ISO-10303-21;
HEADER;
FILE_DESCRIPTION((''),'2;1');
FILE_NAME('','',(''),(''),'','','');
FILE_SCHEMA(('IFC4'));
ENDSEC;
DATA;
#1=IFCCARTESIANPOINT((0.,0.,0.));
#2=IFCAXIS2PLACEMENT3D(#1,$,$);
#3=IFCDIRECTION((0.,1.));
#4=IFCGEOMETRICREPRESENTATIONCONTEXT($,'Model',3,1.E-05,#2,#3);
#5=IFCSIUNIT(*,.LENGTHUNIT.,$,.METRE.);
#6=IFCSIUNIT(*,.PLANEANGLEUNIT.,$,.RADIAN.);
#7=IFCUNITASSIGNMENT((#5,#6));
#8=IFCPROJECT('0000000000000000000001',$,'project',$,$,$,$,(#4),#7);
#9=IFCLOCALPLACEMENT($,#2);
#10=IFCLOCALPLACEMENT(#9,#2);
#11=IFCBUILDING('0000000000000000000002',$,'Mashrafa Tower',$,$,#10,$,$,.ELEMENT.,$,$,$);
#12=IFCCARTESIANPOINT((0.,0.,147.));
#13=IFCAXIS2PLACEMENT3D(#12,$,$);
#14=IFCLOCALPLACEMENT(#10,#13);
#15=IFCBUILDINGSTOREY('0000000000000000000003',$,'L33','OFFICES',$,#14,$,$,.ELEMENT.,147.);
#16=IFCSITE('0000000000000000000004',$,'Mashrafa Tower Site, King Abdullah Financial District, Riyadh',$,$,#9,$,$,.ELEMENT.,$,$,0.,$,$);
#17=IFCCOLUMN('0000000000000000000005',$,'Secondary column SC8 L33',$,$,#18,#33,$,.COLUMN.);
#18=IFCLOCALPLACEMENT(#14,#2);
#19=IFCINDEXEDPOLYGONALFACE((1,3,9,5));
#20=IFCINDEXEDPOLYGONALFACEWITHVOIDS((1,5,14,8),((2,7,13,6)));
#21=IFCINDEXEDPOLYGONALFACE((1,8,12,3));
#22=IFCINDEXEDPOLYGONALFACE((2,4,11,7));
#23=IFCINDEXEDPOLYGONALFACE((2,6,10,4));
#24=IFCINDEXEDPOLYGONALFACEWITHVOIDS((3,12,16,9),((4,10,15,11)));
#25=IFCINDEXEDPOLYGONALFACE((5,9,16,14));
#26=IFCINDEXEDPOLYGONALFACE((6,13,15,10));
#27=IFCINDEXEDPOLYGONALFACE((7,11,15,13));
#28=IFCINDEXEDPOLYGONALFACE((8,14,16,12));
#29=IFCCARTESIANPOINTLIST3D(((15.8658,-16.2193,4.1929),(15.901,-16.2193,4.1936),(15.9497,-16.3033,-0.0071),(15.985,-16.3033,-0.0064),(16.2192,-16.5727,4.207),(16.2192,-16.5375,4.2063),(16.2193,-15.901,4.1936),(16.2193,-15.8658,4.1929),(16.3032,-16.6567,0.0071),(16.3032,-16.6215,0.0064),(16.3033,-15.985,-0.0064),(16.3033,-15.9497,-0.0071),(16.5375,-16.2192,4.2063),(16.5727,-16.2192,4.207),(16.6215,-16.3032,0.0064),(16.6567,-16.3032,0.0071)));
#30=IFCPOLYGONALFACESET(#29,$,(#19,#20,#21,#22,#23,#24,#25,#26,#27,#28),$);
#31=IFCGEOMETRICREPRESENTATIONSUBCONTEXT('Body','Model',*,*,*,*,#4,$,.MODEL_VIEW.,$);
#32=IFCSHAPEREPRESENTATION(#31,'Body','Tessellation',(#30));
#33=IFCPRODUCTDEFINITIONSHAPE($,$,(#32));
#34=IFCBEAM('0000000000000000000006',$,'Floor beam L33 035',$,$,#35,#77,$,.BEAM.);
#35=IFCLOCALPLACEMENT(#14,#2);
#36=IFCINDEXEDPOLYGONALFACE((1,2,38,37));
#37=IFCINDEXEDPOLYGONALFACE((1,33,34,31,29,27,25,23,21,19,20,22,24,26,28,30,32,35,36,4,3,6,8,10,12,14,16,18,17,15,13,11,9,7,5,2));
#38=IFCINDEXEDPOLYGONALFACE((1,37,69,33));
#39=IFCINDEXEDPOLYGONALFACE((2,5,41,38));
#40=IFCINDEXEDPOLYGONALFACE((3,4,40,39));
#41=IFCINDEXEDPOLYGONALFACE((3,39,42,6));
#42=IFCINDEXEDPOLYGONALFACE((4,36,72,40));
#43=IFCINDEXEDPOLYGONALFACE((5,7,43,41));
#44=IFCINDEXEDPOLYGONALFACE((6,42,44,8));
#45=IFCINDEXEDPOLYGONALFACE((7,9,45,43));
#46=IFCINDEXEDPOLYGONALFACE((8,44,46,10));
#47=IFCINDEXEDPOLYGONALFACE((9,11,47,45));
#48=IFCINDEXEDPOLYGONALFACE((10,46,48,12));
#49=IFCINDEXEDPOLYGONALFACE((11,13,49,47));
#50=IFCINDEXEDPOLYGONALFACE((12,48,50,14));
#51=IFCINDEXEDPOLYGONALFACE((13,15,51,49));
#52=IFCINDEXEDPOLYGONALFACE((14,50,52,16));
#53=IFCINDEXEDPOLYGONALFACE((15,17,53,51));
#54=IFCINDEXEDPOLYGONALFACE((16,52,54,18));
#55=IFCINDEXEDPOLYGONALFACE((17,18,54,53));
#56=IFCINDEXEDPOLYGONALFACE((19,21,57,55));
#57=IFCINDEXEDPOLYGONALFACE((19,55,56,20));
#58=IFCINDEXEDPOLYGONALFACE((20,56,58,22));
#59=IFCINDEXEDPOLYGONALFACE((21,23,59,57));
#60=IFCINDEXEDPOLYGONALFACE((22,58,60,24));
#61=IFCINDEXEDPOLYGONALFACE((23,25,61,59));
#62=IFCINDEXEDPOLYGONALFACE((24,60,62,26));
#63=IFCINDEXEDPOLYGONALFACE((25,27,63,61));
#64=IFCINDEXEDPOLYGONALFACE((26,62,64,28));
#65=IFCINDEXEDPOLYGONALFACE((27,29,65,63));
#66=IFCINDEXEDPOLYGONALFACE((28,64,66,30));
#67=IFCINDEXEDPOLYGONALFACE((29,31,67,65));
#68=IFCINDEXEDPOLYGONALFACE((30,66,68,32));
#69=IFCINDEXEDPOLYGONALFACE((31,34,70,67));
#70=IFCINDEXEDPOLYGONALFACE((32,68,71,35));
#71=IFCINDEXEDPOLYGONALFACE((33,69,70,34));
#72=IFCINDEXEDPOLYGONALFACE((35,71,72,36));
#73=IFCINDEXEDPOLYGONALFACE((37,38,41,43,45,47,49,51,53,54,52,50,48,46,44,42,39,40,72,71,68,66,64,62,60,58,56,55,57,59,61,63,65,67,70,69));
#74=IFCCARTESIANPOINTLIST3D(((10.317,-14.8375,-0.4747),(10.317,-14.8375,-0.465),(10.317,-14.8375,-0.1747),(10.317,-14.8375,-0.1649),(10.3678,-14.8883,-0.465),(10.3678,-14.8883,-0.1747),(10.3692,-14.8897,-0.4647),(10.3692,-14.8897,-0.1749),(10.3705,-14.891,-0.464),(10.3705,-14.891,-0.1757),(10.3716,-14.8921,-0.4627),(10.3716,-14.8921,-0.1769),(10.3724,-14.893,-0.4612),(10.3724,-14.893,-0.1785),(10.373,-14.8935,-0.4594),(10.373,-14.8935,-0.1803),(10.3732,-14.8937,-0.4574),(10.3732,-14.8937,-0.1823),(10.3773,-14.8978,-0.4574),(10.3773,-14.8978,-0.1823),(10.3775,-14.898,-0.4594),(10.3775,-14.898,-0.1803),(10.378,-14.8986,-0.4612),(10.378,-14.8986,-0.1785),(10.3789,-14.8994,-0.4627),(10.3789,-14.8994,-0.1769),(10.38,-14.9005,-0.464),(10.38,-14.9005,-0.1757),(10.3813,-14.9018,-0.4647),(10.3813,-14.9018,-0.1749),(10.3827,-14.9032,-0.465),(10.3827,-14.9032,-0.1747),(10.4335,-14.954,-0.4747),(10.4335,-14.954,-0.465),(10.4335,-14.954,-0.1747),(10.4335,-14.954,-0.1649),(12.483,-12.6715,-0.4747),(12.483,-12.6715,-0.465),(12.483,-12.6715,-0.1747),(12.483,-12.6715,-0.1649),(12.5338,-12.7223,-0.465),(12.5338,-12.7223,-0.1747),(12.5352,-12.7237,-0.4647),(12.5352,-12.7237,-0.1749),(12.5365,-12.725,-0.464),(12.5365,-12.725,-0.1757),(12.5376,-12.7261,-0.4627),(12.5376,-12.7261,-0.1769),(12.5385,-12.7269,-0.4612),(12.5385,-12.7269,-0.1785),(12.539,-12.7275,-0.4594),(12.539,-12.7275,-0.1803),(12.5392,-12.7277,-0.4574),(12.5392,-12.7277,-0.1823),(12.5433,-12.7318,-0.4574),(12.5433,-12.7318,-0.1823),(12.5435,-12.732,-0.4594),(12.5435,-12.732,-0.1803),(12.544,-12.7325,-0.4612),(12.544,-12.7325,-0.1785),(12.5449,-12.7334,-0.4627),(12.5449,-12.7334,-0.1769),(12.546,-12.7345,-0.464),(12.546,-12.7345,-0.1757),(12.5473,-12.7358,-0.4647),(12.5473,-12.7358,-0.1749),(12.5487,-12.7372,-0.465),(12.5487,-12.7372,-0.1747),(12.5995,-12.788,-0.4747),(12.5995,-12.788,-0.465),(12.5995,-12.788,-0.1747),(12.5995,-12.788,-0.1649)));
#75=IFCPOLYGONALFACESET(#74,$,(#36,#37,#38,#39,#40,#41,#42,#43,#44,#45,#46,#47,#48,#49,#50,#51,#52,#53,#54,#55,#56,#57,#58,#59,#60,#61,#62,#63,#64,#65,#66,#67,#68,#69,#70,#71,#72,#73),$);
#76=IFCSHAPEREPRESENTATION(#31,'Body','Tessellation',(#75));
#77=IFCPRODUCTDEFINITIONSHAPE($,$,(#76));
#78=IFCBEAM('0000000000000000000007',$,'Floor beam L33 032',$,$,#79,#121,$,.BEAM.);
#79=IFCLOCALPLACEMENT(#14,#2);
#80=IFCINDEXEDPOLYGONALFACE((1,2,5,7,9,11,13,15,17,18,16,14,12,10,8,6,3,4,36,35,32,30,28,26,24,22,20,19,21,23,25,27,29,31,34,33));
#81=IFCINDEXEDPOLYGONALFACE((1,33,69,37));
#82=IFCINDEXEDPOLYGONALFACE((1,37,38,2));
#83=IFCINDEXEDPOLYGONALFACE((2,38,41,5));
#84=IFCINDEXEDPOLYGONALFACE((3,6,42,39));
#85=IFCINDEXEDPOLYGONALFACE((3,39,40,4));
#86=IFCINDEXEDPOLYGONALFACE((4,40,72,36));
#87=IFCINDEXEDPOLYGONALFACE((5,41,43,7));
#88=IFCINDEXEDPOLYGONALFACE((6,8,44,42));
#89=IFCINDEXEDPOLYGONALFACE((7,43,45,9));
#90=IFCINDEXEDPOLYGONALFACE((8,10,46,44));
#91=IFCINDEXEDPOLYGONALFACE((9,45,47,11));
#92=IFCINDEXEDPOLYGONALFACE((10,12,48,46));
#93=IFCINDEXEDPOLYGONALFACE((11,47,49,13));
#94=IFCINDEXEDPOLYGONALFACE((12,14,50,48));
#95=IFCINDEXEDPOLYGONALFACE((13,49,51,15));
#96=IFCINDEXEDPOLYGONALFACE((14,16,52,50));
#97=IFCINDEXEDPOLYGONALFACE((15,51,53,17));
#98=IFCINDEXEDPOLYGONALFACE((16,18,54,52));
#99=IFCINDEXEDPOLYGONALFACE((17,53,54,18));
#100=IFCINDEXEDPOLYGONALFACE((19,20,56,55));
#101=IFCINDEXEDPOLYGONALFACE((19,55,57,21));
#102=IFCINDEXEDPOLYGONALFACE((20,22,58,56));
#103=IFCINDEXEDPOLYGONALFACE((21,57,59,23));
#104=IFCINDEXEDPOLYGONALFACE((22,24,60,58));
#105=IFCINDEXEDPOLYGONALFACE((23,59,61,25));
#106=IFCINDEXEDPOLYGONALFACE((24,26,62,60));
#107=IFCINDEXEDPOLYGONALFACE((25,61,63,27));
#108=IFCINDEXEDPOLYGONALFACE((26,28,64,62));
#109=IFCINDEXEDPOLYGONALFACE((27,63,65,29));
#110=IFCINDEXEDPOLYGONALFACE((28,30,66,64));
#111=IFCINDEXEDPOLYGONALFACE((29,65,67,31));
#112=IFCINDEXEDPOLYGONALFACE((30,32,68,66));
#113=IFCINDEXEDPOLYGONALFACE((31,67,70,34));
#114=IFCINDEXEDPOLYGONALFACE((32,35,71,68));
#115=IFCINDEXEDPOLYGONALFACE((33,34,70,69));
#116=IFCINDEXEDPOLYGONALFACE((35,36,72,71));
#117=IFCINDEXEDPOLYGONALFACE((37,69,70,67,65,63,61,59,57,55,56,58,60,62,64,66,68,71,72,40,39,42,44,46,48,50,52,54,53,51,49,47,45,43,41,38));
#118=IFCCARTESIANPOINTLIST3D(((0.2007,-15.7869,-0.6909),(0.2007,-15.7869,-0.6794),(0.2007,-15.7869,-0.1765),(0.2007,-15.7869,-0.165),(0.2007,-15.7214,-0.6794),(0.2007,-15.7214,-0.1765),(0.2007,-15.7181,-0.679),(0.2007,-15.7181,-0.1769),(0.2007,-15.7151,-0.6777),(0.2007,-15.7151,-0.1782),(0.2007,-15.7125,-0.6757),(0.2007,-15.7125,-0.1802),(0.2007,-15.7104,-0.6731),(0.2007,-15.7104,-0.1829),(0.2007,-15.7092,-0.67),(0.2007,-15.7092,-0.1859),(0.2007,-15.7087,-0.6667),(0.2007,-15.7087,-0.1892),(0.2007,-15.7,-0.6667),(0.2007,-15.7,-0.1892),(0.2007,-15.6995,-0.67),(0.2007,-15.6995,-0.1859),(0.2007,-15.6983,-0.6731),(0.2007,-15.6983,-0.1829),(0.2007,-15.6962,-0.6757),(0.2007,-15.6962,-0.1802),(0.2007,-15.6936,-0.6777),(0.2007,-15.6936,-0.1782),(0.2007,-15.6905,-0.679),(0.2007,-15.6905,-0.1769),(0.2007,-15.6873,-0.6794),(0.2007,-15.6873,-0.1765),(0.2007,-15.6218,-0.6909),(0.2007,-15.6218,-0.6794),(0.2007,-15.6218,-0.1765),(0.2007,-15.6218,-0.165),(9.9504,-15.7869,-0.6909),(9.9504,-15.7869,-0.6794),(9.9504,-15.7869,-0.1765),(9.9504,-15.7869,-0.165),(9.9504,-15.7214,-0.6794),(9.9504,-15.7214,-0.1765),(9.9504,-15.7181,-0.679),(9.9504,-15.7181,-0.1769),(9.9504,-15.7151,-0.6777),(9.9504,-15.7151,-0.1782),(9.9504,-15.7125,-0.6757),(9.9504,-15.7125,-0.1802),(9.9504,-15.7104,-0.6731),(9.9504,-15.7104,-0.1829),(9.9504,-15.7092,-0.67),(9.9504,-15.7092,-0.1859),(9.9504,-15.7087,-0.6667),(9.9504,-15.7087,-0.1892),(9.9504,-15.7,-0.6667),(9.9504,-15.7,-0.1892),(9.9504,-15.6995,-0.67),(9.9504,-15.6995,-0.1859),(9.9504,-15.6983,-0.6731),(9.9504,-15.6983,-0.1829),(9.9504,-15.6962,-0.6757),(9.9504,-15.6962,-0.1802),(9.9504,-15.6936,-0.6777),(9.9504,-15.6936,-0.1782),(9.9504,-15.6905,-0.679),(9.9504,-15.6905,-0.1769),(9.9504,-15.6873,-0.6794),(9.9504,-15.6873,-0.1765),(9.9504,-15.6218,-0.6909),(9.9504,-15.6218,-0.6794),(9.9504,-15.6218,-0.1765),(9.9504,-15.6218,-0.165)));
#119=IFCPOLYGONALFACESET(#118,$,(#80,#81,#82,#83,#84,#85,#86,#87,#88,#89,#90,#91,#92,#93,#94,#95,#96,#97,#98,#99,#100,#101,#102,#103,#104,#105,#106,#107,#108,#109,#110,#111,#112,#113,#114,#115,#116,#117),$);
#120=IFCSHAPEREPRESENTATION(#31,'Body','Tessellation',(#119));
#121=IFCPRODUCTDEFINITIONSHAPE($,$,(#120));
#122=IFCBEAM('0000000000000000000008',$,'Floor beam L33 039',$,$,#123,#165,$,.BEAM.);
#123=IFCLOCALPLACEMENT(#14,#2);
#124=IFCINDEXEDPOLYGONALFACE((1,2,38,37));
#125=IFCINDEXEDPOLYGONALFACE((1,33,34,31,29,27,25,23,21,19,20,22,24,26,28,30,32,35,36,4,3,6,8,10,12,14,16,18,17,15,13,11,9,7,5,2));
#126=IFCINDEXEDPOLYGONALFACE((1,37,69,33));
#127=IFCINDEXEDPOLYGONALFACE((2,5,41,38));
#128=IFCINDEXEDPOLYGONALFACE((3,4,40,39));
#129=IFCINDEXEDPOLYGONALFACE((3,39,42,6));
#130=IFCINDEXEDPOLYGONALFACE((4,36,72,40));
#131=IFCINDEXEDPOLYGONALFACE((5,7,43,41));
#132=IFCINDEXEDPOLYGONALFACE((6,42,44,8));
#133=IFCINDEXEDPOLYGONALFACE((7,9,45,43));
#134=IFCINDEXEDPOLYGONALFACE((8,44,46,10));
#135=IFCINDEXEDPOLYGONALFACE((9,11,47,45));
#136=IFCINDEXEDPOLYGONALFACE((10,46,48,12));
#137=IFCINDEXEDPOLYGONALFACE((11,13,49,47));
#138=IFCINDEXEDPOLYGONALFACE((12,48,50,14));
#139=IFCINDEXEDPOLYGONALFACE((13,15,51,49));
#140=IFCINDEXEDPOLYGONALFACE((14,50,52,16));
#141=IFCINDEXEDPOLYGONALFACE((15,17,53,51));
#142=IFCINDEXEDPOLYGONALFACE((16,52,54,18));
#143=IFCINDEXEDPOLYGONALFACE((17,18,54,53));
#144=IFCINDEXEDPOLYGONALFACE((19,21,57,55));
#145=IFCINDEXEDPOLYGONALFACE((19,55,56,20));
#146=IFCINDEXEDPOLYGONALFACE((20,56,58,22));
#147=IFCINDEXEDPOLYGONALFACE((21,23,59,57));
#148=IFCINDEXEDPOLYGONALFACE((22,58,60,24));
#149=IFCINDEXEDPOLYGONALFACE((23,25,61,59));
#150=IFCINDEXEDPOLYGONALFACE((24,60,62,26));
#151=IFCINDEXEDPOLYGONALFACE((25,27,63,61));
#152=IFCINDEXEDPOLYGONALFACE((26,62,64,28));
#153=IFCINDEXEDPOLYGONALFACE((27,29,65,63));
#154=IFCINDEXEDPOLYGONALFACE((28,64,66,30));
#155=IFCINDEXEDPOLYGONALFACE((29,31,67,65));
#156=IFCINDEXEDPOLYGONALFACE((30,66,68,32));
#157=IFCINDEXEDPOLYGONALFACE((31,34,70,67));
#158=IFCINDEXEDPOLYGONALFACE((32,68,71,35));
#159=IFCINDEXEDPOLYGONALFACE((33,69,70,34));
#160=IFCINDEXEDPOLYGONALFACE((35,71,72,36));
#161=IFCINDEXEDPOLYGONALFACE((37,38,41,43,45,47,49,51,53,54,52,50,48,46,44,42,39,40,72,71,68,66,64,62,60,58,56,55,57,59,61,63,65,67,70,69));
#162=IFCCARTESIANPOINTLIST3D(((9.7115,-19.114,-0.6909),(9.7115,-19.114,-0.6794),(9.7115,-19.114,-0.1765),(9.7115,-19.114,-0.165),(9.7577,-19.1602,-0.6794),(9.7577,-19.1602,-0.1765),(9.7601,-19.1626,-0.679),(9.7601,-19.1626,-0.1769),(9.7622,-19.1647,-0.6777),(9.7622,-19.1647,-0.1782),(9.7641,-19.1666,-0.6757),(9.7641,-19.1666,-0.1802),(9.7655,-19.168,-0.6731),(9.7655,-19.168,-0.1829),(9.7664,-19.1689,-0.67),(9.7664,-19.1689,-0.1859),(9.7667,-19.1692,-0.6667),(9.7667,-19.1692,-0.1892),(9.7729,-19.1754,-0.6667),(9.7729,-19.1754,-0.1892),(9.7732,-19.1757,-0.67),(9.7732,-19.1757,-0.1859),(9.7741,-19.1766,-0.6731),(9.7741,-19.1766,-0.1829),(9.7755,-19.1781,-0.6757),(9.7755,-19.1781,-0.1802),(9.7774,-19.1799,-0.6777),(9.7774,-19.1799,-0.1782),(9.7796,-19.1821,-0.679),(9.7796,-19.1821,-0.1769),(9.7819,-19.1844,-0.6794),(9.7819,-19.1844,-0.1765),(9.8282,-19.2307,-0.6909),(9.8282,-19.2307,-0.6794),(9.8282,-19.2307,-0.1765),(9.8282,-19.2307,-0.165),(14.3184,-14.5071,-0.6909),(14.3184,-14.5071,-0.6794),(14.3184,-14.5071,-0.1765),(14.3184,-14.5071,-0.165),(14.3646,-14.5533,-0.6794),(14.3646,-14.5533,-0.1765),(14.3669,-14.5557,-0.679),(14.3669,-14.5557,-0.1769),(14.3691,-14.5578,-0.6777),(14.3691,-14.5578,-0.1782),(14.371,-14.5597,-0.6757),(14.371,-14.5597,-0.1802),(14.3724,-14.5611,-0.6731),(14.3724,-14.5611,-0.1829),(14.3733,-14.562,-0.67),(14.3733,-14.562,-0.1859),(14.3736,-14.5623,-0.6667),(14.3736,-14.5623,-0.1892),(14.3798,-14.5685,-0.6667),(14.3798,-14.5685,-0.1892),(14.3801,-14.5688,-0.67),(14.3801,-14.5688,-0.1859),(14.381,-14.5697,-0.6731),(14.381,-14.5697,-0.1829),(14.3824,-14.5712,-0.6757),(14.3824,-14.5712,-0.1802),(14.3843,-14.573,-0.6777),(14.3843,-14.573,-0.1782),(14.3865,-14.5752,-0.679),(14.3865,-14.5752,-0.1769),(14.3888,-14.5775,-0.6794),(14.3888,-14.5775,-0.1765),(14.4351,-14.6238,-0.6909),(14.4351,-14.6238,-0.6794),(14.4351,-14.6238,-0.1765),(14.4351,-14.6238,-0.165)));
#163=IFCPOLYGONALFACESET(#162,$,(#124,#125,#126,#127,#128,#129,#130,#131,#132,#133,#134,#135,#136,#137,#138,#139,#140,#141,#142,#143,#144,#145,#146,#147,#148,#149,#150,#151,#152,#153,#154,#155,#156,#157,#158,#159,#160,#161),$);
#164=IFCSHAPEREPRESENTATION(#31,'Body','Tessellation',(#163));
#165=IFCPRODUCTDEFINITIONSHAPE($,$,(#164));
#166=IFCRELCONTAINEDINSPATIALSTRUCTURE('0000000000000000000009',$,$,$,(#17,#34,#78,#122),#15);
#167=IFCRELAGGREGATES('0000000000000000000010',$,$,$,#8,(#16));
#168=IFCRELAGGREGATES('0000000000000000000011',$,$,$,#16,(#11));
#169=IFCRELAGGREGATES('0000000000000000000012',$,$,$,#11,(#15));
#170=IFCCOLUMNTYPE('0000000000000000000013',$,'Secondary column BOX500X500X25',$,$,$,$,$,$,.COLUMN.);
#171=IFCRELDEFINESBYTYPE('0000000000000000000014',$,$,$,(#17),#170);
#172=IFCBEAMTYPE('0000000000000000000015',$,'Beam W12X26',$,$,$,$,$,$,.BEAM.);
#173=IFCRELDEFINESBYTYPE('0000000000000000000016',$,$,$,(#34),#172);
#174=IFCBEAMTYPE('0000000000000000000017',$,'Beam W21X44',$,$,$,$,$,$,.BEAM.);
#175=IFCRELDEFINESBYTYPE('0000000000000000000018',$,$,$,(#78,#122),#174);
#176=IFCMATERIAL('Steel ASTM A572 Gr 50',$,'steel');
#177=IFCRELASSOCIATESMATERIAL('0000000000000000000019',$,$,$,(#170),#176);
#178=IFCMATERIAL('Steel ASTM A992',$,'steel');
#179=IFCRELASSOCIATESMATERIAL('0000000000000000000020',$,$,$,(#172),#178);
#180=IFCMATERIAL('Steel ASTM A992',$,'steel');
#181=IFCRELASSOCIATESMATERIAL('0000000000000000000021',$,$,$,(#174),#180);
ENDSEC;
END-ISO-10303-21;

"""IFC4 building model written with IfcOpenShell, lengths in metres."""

from ifc_helpers import new_model, si_unit, direction, frame, origin, origin_2d, place, context, subcontext, project, spatial, hollow_rectangle, i_section, extrude, material, material_profile, profile_set, type_object, element, save


model = new_model("IFC4")

# Units and contexts
model_context = context("Model", 3, precision=1e-05, world=origin(), true_north=direction((0.0, 1.0)))
body_context = subcontext(model_context, "Body", "Model", "MODEL_VIEW")
ifc_project = project(units=[si_unit("LENGTHUNIT", "METRE"), si_unit("PLANEANGLEUNIT", "RADIAN")], contexts=[model_context])

# Site, building, storey
site_placement = place(None, origin())
site = spatial("IfcSite", under=ifc_project, at=site_placement, Name="Mashrafa Tower Site, King Abdullah Financial District, Riyadh", CompositionType="ELEMENT", RefElevation=0.0)
building_placement = place(site_placement, origin())
building = spatial("IfcBuilding", under=site, at=building_placement, Name="Mashrafa Tower", CompositionType="ELEMENT")
storey_placement = place(building_placement, frame((0.0, 0.0, 147.0)))
storey = spatial("IfcBuildingStorey", under=building, at=storey_placement, Name="L33", Description="OFFICES", CompositionType="ELEMENT", Elevation=147.0)

# Column
ifc_material_1 = material(Name="Steel ASTM A572 Gr 50", Category="steel")
ifc_material_profile_1 = material_profile(ifc_material_1, hollow_rectangle(XDim=0.5, YDim=0.5, WallThickness=0.0249, at=origin_2d()), Name="BOX500X500X25")
ifc_profile_set_1 = profile_set([ifc_material_profile_1], Name="Steel ASTM A572 Gr 50")
column_type = type_object("IfcColumnType", Name="Secondary column BOX500X500X25", PredefinedType="COLUMN", material=ifc_profile_set_1)
column_placement = place(storey_placement, frame((16.3032, -16.3032, 0.0), z_axis=(-0.019989, 0.019989, 0.9996), x_axis=(-0.707107, -0.707107, 0.0)))
element("IfcColumn", 1, at=column_placement, inside=storey, type_object=column_type, Name="Secondary column SC8 L33", PredefinedType="COLUMN", context=body_context, shape_type="SweptSolid", body=[
    extrude(hollow_rectangle(XDim=0.5, YDim=0.5, WallThickness=0.0249, at=origin_2d()), origin(), (0.0, 0.0, 1.0), 4.2017),
])

# Beams
ifc_material_2 = material(Name="Steel ASTM A992", Category="steel")
ifc_material_profile_2 = material_profile(ifc_material_2, i_section(OverallWidth=0.1648, OverallDepth=0.3098, WebThickness=0.0059, FlangeThickness=0.0098, FilletRadius=0.0076, at=origin_2d()), Name="W12X26")
ifc_profile_set_2 = profile_set([ifc_material_profile_2], Name="Steel ASTM A992")
beam_type_1 = type_object("IfcBeamType", Name="Beam W12X26", PredefinedType="BEAM", material=ifc_profile_set_2)
beam_1_placement = place(storey_placement, frame((12.5413, -12.7297, -0.3198), z_axis=(-0.707107, -0.707107, 0.0), x_axis=(0.707107, -0.707107, 0.0)))
element("IfcBeam", 2, at=beam_1_placement, inside=storey, type_object=beam_type_1, Name="Floor beam L33 035", PredefinedType="BEAM", context=body_context, shape_type="SweptSolid", body=[
    extrude(i_section(OverallWidth=0.1648, OverallDepth=0.3098, WebThickness=0.0059, FlangeThickness=0.0098, FilletRadius=0.0076, at=origin_2d()), origin(), (0.0, 0.0, 1.0), 3.0632),
])
ifc_material_3 = material(Name="Steel ASTM A992", Category="steel")
ifc_material_profile_3 = material_profile(ifc_material_3, i_section(OverallWidth=0.165, OverallDepth=0.5259, WebThickness=0.0088, FlangeThickness=0.0115, FilletRadius=0.0127, at=origin_2d()), Name="W21X44")
ifc_profile_set_3 = profile_set([ifc_material_profile_3], Name="Steel ASTM A992")
beam_type_2 = type_object("IfcBeamType", Name="Beam W21X44", PredefinedType="BEAM", material=ifc_profile_set_3)
beam_2_placement = place(storey_placement, frame((9.9504, -15.7043, -0.428), z_axis=(-1.0, 0.0, 0.0), x_axis=(0.0, -1.0, 0.0)))
element("IfcBeam", 3, at=beam_2_placement, inside=storey, type_object=beam_type_2, Name="Floor beam L33 032", PredefinedType="BEAM", context=body_context, shape_type="SweptSolid", body=[
    extrude(i_section(OverallWidth=0.165, OverallDepth=0.5259, WebThickness=0.0088, FlangeThickness=0.0115, FilletRadius=0.0127, at=origin_2d()), origin(), (0.0, 0.0, 1.0), 9.7498),
])
beam_3_placement = place(storey_placement, frame((14.3767, -14.5654, -0.428), z_axis=(-0.707107, -0.707107, 0.0), x_axis=(0.707107, -0.707107, 0.0)))
element("IfcBeam", 4, at=beam_3_placement, inside=storey, type_object=beam_type_2, Name="Floor beam L33 039", PredefinedType="BEAM", context=body_context, shape_type="SweptSolid", body=[
    extrude(i_section(OverallWidth=0.165, OverallDepth=0.5259, WebThickness=0.0088, FlangeThickness=0.0115, FilletRadius=0.0127, at=origin_2d()), origin(), (0.0, 0.0, 1.0), 6.5151),
])

save(model, "model.ifc")
